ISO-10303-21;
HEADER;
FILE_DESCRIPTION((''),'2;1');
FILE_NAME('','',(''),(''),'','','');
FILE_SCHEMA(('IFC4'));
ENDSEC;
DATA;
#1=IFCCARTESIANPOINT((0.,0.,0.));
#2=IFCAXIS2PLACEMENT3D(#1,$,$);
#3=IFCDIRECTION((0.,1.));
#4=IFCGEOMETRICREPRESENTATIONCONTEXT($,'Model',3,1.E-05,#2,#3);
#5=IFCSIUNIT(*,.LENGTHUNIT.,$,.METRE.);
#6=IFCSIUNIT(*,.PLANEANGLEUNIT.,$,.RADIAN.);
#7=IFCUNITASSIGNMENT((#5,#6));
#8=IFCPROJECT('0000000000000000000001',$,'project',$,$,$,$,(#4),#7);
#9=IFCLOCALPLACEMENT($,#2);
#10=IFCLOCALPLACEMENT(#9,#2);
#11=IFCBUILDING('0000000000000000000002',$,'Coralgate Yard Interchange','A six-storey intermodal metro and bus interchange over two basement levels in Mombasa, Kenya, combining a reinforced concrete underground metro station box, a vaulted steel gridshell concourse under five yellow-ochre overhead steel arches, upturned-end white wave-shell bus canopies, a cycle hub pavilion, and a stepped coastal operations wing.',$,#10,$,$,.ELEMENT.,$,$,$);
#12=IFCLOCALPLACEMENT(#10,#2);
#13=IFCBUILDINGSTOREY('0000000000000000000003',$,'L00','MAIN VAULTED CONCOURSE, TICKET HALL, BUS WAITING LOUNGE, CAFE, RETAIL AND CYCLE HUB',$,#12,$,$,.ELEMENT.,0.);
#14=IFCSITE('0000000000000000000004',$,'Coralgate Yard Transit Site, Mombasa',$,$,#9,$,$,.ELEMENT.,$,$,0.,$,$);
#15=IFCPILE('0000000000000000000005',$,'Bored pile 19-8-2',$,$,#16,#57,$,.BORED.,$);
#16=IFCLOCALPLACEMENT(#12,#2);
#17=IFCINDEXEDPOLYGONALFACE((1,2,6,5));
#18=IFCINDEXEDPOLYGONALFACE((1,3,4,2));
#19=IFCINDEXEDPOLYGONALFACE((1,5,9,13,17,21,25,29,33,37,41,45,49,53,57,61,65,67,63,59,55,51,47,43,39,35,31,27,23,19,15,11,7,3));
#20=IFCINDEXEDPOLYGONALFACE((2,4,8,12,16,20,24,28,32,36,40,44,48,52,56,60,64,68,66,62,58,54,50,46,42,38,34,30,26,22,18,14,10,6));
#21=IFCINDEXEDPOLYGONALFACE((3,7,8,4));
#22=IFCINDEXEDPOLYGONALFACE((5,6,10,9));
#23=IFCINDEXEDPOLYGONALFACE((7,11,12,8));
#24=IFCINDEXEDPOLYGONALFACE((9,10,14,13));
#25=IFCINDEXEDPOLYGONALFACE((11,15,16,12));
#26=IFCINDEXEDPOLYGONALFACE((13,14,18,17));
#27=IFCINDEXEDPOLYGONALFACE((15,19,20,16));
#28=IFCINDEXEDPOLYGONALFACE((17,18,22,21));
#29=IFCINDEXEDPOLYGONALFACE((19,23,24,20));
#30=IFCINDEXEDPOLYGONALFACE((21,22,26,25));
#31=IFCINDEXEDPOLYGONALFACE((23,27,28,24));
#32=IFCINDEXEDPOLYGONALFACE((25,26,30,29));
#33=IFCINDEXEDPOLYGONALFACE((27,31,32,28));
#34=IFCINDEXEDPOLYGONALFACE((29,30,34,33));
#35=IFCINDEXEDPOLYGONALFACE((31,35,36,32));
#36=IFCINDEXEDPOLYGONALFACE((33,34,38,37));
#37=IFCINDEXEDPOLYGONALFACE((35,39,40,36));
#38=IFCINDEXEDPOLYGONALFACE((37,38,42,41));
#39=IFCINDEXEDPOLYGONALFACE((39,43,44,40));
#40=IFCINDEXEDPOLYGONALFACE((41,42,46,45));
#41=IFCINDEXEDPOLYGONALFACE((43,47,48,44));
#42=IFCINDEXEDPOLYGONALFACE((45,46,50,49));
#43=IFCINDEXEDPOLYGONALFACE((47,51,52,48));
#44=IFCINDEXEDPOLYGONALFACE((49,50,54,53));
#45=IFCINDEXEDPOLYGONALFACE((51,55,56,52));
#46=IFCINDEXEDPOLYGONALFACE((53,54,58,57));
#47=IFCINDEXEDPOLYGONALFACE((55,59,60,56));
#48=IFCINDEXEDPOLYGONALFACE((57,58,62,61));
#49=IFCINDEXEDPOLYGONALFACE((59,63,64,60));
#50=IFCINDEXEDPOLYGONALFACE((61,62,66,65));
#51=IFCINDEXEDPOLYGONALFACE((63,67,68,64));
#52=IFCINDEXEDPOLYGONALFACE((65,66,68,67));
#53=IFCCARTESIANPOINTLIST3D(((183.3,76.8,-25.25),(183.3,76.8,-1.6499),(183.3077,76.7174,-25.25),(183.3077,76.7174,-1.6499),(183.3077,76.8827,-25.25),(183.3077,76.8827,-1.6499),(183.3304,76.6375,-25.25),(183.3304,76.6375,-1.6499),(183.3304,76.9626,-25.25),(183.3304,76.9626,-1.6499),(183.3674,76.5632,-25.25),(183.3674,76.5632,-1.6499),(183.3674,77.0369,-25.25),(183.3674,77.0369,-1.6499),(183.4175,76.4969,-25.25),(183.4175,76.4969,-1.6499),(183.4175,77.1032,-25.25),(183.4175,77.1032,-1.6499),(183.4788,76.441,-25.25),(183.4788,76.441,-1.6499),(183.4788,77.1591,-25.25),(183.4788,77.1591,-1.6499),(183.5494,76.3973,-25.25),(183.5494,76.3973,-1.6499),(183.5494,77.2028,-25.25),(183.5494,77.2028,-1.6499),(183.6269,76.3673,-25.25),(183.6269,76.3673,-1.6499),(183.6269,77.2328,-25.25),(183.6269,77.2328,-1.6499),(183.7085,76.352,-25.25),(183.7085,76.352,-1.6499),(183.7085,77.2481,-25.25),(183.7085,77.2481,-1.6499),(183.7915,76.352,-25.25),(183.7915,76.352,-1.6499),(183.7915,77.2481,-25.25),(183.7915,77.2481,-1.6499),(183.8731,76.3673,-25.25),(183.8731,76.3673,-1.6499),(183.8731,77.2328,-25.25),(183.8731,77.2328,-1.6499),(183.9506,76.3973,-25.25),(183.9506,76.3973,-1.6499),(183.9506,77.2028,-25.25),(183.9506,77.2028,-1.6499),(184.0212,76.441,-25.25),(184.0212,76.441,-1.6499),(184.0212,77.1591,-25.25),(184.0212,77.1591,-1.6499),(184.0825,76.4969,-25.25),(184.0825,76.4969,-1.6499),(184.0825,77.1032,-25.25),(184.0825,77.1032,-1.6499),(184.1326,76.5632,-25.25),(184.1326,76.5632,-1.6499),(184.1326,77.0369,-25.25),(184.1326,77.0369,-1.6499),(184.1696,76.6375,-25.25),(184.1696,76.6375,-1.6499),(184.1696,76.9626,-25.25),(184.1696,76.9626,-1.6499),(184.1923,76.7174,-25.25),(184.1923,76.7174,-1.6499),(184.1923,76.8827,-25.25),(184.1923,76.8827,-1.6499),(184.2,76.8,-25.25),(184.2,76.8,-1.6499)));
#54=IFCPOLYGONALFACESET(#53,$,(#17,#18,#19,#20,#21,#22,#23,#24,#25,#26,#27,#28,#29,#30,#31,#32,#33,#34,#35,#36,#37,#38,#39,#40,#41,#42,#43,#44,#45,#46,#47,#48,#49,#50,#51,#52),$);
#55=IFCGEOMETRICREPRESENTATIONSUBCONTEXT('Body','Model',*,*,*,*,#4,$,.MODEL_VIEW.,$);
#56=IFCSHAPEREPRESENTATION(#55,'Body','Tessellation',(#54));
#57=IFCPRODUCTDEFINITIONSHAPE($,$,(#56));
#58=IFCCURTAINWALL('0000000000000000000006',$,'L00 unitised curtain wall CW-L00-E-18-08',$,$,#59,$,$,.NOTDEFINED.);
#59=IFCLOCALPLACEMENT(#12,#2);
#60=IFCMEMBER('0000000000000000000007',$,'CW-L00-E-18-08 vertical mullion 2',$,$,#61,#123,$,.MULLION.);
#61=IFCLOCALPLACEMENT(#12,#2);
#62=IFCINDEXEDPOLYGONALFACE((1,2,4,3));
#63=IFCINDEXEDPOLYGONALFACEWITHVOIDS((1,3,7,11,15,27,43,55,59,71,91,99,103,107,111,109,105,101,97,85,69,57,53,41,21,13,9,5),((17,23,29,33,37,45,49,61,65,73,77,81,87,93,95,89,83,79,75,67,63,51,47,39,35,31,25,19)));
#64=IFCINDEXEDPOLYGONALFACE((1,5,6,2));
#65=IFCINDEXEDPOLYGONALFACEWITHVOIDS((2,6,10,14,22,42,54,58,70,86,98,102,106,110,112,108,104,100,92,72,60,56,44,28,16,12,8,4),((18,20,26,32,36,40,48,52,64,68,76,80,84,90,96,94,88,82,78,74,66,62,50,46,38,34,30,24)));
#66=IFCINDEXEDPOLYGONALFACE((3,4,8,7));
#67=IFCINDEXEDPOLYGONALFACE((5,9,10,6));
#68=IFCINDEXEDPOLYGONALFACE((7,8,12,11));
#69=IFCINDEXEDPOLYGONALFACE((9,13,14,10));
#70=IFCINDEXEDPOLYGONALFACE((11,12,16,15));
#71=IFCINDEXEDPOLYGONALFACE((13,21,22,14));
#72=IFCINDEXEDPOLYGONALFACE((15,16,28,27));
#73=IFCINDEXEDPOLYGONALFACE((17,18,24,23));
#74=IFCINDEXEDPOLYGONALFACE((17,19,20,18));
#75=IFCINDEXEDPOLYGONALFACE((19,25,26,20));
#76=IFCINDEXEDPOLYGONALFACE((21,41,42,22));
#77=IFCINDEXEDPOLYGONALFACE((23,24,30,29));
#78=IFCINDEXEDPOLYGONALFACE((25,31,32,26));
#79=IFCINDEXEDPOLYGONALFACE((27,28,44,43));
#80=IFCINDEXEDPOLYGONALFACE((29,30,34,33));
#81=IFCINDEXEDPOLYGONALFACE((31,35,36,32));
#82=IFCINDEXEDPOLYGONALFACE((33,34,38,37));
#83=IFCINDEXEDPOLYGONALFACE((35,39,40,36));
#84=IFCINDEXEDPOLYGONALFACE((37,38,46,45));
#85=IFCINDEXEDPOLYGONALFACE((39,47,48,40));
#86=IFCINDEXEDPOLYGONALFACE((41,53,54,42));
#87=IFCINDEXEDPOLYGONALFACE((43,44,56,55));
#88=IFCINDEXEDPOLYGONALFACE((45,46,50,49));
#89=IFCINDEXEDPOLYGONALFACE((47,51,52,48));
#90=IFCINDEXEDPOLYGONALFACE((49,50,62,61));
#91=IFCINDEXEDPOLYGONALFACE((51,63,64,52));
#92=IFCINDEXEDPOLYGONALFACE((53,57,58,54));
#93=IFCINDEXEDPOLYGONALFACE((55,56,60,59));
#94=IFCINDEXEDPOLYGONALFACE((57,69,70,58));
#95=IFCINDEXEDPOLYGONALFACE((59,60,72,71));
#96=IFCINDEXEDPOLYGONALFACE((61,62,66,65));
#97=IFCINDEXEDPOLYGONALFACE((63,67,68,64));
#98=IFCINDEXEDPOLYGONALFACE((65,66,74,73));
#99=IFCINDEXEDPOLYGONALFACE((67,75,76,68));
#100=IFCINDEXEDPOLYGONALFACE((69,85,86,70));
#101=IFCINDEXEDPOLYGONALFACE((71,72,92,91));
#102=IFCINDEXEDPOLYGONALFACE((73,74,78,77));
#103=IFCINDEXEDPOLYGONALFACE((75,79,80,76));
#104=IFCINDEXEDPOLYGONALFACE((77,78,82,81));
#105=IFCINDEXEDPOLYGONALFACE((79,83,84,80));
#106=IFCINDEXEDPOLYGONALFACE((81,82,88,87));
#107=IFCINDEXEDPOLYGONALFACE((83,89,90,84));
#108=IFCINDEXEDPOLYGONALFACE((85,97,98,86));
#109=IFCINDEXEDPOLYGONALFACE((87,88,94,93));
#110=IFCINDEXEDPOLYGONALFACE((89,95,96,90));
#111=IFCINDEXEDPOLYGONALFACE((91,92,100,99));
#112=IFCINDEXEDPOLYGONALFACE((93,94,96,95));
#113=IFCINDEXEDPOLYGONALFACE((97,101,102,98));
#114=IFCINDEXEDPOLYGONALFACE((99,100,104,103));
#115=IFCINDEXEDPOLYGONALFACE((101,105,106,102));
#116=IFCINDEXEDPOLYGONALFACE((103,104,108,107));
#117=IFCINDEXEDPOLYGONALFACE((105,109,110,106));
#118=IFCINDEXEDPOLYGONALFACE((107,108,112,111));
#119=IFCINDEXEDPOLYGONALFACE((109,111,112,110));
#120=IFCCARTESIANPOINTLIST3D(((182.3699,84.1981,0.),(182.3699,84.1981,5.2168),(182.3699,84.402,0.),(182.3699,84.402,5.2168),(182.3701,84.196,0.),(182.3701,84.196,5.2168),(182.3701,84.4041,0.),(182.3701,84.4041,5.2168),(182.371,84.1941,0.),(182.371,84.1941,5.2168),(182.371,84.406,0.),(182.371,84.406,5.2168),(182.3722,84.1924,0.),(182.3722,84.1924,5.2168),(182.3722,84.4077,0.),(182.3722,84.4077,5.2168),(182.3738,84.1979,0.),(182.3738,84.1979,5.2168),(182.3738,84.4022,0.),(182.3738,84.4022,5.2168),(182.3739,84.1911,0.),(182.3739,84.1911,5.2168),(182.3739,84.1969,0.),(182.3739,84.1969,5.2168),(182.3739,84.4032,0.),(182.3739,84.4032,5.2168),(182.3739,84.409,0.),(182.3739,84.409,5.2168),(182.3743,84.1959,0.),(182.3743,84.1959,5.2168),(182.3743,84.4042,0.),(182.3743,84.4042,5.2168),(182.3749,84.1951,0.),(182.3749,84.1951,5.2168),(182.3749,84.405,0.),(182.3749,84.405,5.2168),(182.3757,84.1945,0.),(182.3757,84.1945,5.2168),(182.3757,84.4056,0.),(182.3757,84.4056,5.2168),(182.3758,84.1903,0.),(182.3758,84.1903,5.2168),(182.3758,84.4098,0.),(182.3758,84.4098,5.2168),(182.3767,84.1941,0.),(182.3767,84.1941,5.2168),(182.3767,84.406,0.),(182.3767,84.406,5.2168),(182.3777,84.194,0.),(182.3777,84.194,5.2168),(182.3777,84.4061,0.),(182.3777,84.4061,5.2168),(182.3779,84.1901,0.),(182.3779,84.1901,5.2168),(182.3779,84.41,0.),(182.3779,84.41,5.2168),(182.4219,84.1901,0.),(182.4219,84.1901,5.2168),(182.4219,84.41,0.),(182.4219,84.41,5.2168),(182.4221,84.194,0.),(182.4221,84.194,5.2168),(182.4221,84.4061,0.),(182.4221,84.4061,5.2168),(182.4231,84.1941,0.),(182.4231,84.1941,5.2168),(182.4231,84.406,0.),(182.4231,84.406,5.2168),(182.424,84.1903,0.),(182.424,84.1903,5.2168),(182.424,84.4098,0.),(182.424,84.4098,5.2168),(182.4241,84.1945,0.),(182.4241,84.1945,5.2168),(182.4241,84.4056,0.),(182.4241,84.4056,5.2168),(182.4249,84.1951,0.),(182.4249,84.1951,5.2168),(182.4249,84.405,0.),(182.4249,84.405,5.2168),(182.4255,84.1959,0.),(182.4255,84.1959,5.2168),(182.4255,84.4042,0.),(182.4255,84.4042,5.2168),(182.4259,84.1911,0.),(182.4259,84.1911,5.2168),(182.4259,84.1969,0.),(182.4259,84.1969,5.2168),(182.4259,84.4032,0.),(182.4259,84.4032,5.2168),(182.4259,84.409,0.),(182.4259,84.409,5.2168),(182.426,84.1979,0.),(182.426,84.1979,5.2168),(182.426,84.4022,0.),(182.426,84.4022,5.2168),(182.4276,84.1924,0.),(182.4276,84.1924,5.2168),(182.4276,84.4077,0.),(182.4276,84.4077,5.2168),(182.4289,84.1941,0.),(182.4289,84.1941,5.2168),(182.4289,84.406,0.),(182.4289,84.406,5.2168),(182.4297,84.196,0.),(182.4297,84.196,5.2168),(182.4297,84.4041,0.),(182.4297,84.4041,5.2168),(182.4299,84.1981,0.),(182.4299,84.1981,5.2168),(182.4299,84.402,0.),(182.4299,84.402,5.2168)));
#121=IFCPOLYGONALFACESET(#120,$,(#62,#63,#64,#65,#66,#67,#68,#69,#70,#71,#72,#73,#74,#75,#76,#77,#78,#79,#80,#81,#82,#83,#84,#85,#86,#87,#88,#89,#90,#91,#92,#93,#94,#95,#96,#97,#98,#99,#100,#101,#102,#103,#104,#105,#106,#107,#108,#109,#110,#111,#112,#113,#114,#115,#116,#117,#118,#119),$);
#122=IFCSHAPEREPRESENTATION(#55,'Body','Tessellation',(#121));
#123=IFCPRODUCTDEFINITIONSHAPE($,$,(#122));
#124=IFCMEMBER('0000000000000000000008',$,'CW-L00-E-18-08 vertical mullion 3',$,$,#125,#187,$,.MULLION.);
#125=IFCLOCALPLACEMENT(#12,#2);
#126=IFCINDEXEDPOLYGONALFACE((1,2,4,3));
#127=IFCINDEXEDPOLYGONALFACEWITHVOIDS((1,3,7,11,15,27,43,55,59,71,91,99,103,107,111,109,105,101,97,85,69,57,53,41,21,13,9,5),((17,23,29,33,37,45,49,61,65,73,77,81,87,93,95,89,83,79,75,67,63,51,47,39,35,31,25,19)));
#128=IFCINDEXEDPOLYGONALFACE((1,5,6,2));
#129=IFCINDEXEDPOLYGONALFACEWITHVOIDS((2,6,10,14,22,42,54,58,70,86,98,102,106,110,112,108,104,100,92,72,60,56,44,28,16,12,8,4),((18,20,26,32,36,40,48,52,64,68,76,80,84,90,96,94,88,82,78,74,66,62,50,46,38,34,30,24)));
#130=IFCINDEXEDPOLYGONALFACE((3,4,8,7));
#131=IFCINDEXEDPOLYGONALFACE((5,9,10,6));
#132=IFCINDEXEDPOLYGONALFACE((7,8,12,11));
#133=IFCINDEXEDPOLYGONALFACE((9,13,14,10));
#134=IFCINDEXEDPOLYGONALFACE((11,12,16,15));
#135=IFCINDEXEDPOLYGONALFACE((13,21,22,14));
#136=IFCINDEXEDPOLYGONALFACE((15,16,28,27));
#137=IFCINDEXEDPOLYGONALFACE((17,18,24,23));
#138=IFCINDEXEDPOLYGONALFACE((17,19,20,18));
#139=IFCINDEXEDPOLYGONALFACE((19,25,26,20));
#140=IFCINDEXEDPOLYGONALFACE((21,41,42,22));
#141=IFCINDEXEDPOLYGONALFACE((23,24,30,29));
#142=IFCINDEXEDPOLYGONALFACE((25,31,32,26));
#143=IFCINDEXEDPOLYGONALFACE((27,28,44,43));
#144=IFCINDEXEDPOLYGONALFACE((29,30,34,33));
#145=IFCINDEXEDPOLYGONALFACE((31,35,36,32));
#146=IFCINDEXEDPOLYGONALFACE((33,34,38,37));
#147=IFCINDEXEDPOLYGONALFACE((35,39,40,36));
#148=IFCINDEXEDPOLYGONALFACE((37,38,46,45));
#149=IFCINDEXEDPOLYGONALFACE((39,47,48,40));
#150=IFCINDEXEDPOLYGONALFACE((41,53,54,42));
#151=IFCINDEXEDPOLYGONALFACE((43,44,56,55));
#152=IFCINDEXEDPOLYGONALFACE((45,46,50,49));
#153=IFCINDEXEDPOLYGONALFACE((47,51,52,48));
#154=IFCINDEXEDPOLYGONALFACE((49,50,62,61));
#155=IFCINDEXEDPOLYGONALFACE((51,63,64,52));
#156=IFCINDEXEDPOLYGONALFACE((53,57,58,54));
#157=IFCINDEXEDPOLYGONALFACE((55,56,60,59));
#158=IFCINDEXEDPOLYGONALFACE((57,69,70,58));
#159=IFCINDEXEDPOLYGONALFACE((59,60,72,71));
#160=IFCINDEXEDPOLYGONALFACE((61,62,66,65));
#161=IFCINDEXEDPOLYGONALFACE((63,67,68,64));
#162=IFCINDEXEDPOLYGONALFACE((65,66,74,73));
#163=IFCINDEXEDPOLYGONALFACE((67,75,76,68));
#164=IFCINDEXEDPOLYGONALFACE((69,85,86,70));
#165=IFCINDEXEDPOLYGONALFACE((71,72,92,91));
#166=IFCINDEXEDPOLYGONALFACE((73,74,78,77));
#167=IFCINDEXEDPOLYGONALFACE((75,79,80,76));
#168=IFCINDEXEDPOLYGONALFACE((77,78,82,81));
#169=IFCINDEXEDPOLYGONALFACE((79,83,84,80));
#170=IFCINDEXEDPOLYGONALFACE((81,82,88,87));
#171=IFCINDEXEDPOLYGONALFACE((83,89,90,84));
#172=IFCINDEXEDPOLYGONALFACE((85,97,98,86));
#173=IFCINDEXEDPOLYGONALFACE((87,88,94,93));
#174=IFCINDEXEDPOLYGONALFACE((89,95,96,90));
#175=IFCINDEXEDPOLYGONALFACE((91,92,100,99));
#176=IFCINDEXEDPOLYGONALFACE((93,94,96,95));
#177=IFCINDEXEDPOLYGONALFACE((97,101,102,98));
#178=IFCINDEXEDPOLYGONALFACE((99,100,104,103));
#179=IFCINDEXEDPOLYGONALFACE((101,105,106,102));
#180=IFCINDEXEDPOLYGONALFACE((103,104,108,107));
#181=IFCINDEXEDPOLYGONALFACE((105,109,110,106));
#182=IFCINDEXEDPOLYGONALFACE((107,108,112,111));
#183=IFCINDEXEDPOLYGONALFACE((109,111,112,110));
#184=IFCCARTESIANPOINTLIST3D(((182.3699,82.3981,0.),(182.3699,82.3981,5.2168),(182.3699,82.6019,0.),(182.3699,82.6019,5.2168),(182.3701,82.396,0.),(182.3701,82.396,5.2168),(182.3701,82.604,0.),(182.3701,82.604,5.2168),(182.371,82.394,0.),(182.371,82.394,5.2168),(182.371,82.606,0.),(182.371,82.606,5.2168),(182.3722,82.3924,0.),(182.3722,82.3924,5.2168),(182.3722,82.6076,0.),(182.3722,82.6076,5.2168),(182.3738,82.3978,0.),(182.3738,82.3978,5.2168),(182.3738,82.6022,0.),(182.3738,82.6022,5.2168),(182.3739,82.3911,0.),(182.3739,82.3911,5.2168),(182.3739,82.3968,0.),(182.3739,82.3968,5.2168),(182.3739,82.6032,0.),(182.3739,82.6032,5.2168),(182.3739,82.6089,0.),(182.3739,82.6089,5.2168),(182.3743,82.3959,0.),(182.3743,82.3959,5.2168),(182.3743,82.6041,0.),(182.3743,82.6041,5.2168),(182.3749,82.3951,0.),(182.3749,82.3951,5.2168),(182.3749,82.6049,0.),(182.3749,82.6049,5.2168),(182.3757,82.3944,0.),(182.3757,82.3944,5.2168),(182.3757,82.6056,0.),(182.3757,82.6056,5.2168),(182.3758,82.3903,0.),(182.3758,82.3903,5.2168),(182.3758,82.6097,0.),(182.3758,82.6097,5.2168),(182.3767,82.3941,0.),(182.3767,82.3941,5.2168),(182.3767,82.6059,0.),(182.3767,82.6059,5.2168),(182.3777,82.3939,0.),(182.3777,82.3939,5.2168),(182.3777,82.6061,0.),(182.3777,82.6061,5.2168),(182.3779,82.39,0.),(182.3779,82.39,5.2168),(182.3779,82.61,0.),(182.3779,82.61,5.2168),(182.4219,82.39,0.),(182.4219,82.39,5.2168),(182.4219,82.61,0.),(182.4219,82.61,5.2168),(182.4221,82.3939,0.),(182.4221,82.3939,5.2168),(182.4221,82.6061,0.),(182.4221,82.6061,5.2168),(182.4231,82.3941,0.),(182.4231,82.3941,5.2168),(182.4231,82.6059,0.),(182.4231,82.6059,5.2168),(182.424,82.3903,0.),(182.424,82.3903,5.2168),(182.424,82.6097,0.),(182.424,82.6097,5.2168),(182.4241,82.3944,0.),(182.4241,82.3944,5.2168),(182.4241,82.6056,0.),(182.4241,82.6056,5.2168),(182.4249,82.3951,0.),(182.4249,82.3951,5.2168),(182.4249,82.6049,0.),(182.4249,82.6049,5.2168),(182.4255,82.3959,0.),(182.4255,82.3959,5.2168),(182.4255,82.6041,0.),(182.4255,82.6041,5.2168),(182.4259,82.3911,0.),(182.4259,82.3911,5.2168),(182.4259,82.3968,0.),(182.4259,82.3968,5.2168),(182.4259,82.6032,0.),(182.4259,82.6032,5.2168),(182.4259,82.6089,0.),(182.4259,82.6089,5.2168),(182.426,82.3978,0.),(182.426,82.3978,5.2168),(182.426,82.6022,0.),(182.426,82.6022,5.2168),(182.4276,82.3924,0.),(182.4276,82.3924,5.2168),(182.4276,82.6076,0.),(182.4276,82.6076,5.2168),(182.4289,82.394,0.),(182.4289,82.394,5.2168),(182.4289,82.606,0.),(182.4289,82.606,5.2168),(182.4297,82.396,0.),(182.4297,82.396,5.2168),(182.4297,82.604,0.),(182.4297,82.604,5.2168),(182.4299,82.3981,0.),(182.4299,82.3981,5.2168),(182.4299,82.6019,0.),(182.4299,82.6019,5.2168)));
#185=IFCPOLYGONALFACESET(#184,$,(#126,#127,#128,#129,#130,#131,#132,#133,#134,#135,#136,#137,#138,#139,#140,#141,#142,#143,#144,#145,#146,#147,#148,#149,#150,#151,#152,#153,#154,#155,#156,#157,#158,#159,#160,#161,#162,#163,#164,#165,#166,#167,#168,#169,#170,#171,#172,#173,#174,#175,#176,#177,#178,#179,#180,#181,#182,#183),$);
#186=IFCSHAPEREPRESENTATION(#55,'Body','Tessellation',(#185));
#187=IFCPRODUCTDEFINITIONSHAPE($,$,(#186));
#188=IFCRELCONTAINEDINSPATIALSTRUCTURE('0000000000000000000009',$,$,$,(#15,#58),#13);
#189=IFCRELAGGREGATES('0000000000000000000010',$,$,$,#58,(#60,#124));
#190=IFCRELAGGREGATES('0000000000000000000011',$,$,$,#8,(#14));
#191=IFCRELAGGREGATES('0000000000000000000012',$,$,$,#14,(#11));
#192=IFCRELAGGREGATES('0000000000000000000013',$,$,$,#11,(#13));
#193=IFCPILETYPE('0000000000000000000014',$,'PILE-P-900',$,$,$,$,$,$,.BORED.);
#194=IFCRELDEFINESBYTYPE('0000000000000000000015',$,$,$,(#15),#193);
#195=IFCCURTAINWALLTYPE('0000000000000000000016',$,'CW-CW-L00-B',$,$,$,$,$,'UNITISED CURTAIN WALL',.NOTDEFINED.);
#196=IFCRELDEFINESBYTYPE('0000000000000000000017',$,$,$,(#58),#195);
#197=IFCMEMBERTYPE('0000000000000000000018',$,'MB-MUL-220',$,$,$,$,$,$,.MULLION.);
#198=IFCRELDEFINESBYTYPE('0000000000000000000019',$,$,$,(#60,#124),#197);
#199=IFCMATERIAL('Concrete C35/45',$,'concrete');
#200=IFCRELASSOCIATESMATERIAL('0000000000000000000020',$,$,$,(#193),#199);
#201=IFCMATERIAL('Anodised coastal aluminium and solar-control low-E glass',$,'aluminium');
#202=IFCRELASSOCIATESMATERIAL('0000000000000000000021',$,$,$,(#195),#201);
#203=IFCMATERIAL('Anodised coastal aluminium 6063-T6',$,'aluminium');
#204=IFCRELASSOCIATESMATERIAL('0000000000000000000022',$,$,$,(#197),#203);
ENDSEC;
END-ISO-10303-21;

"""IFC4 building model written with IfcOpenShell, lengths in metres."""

from ifc_helpers import new_model, si_unit, direction, frame, origin, origin_2d, place, context, subcontext, project, spatial, hollow_rectangle, circle, extrude, material, material_profile, profile_set, type_object, element, aggregate, save


model = new_model("IFC4")

# Units and contexts
model_context = context("Model", 3, precision=1e-05, world=origin(), true_north=direction((0.0, 1.0)))
body_context = subcontext(model_context, "Body", "Model", "MODEL_VIEW")
ifc_project = project(units=[si_unit("LENGTHUNIT", "METRE"), si_unit("PLANEANGLEUNIT", "RADIAN")], contexts=[model_context])

# Site, building, storey
site_placement = place(None, origin())
site = spatial("IfcSite", under=ifc_project, at=site_placement, Name="Coralgate Yard Transit Site, Mombasa", CompositionType="ELEMENT", RefElevation=0.0)
building_placement = place(site_placement, origin())
building = spatial("IfcBuilding", under=site, at=building_placement, Name="Coralgate Yard Interchange", Description="A six-storey intermodal metro and bus interchange over two basement levels in Mombasa, Kenya, combining a reinforced concrete underground metro station box, a vaulted steel gridshell concourse under five yellow-ochre overhead steel arches, upturned-end white wave-shell bus canopies, a cycle hub pavilion, and a stepped coastal operations wing.", CompositionType="ELEMENT")
storey_placement = place(building_placement, origin())
storey = spatial("IfcBuildingStorey", under=building, at=storey_placement, Name="L00", Description="MAIN VAULTED CONCOURSE, TICKET HALL, BUS WAITING LOUNGE, CAFE, RETAIL AND CYCLE HUB", CompositionType="ELEMENT", Elevation=0.0)

# Pile
ifc_material_1 = material(Name="Concrete C35/45", Category="concrete")
ifc_material_profile_1 = material_profile(ifc_material_1, circle(Radius=0.45, at=origin_2d()), Name="BORED PILE D900")
ifc_profile_set_1 = profile_set([ifc_material_profile_1], Name="Concrete C35/45")
pile_type = type_object("IfcPileType", Name="PILE-P-900", PredefinedType="BORED", material=ifc_profile_set_1)
pile_placement = place(storey_placement, frame((183.75, 76.8, -1.6499), z_axis=(0.0, 0.0, -1.0), x_axis=(1.0, 0.0, 0.0)))
element("IfcPile", 1, at=pile_placement, inside=storey, type_object=pile_type, Name="Bored pile 19-8-2", PredefinedType="BORED", context=body_context, shape_type="SweptSolid", body=[
    extrude(circle(Radius=0.45, at=origin_2d()), origin(), (0.0, 0.0, 1.0), 23.6001),
])

# Curtain wall, members
ifc_material_2 = material(Name="Anodised coastal aluminium and solar-control low-E glass", Category="aluminium")
curtain_wall_type = type_object("IfcCurtainWallType", Name="CW-CW-L00-B", ElementType="UNITISED CURTAIN WALL", PredefinedType="NOTDEFINED", material=ifc_material_2)
curtain_wall_placement = place(storey_placement, origin())
curtain_wall = element("IfcCurtainWall", 2, at=curtain_wall_placement, inside=storey, type_object=curtain_wall_type, Name="L00 unitised curtain wall CW-L00-E-18-08", PredefinedType="NOTDEFINED")
ifc_material_3 = material(Name="Anodised coastal aluminium 6063-T6", Category="aluminium")
ifc_material_profile_2 = material_profile(ifc_material_3, hollow_rectangle(XDim=0.0601, YDim=0.22, WallThickness=0.0039, InnerFilletRadius=0.0039, OuterFilletRadius=0.0081, at=origin_2d()), Name="ALU 60x220x4")
ifc_profile_set_2 = profile_set([ifc_material_profile_2], Name="Anodised coastal aluminium 6063-T6")
member_type_1 = type_object("IfcMemberType", Name="MB-MUL-220", PredefinedType="MULLION", material=ifc_profile_set_2)
member_1_placement = place(storey_placement, frame((182.3999, 84.3, 0.0), z_axis=(0.0, 0.0, 1.0), x_axis=(1.0, 0.0, 0.0)))
member_1 = element("IfcMember", 3, at=member_1_placement, type_object=member_type_1, Name="CW-L00-E-18-08 vertical mullion 2", PredefinedType="MULLION", context=body_context, shape_type="SweptSolid", body=[
    extrude(hollow_rectangle(XDim=0.0601, YDim=0.22, WallThickness=0.0039, InnerFilletRadius=0.0039, OuterFilletRadius=0.0081, at=origin_2d()), origin(), (0.0, 0.0, 1.0), 5.2168),
])
member_2_placement = place(storey_placement, frame((182.3999, 82.5, 0.0), z_axis=(0.0, 0.0, 1.0), x_axis=(1.0, 0.0, 0.0)))
member_2 = element("IfcMember", 4, at=member_2_placement, type_object=member_type_1, Name="CW-L00-E-18-08 vertical mullion 3", PredefinedType="MULLION", context=body_context, shape_type="SweptSolid", body=[
    extrude(hollow_rectangle(XDim=0.0601, YDim=0.22, WallThickness=0.0039, InnerFilletRadius=0.0039, OuterFilletRadius=0.0081, at=origin_2d()), origin(), (0.0, 0.0, 1.0), 5.2168),
])
aggregate(curtain_wall, [member_1, member_2])

save(model, "model.ifc")
